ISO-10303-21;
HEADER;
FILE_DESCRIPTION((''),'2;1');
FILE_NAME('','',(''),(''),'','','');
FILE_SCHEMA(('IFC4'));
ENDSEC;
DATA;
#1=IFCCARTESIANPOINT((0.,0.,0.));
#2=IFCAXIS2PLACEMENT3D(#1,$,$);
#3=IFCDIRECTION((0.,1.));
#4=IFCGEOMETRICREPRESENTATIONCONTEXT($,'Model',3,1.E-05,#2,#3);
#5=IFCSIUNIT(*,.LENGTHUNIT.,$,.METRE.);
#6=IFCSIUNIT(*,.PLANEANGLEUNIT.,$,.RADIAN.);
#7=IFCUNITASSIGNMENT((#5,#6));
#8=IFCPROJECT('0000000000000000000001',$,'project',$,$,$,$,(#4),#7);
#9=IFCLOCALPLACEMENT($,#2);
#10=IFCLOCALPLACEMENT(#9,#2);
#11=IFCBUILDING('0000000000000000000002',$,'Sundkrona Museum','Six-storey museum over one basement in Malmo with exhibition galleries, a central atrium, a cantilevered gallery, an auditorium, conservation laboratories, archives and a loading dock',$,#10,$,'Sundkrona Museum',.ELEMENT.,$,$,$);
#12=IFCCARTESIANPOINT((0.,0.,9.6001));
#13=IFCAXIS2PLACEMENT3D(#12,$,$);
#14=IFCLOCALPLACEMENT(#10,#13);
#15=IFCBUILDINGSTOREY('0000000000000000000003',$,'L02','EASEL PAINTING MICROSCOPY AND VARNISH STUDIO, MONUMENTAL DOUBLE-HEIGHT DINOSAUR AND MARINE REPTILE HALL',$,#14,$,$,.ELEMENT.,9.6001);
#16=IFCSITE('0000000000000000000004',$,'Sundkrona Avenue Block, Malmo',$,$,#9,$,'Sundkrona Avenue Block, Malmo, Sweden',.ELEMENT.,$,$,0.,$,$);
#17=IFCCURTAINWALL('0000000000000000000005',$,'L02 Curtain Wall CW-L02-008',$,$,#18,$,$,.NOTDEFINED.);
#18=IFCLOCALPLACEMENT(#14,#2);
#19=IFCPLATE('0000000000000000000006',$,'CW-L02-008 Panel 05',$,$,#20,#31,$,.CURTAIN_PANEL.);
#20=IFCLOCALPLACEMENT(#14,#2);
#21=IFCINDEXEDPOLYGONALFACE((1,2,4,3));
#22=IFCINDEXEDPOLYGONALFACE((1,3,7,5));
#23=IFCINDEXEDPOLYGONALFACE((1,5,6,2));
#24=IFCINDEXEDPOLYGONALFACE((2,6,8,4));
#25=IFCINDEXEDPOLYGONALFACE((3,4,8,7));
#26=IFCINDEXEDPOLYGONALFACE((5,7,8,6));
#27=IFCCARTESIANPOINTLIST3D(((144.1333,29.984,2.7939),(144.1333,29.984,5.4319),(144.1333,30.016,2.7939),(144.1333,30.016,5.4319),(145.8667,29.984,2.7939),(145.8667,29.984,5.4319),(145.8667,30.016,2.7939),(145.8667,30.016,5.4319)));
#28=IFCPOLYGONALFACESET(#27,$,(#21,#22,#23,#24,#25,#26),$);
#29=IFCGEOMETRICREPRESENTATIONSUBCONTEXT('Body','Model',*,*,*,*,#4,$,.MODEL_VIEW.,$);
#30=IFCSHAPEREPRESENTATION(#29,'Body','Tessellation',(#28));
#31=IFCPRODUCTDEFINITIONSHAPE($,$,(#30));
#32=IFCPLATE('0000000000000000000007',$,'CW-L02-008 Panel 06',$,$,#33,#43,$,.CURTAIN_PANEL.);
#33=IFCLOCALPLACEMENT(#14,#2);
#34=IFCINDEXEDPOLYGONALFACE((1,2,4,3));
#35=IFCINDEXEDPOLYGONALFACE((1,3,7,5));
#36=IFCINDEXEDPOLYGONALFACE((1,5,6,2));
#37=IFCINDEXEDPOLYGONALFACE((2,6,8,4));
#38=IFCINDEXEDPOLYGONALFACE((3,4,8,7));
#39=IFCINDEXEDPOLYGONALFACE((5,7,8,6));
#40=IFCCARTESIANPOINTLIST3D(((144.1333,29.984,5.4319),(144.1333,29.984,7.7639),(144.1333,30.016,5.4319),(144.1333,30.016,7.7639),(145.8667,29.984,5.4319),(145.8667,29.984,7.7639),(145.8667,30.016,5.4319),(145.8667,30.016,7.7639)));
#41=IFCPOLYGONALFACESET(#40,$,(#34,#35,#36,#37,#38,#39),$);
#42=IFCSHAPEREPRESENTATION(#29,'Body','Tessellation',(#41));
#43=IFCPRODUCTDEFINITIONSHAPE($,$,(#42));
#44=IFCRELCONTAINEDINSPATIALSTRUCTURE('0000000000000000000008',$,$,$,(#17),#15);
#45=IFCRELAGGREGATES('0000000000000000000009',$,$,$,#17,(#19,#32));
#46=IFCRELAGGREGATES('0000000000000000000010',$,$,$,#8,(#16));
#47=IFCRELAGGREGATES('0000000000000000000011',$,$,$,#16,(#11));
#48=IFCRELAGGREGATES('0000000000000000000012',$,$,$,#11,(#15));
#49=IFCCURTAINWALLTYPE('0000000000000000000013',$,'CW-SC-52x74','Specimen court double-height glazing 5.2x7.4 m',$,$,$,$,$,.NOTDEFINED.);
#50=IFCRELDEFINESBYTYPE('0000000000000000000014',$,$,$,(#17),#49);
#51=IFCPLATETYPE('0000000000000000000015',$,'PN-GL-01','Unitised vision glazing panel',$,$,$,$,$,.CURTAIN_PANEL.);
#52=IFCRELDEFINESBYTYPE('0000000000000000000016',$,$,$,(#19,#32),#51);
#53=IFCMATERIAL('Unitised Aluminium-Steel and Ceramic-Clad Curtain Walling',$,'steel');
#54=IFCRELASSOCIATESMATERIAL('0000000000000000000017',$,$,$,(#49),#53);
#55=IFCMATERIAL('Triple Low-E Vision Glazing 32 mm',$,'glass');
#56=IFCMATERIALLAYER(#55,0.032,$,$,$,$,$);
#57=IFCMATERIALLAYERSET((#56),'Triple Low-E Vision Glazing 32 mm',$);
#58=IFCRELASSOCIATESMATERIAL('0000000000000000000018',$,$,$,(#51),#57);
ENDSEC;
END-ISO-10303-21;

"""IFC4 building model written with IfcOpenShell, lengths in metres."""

from ifc_helpers import new_model, si_unit, direction, frame, origin, origin_2d, place, context, subcontext, project, spatial, rectangle, extrude, material, layer, layer_set, type_object, element, aggregate, save


model = new_model("IFC4")

# Units and contexts
model_context = context("Model", 3, precision=1e-05, world=origin(), true_north=direction((0.0, 1.0)))
body_context = subcontext(model_context, "Body", "Model", "MODEL_VIEW")
ifc_project = project(units=[si_unit("LENGTHUNIT", "METRE"), si_unit("PLANEANGLEUNIT", "RADIAN")], contexts=[model_context])

# Site, building, storey
site_placement = place(None, origin())
site = spatial("IfcSite", under=ifc_project, at=site_placement, Name="Sundkrona Avenue Block, Malmo", LongName="Sundkrona Avenue Block, Malmo, Sweden", CompositionType="ELEMENT", RefElevation=0.0)
building_placement = place(site_placement, origin())
building = spatial("IfcBuilding", under=site, at=building_placement, Name="Sundkrona Museum", Description="Six-storey museum over one basement in Malmo with exhibition galleries, a central atrium, a cantilevered gallery, an auditorium, conservation laboratories, archives and a loading dock", LongName="Sundkrona Museum", CompositionType="ELEMENT")
storey_placement = place(building_placement, frame((0.0, 0.0, 9.6001)))
storey = spatial("IfcBuildingStorey", under=building, at=storey_placement, Name="L02", Description="EASEL PAINTING MICROSCOPY AND VARNISH STUDIO, MONUMENTAL DOUBLE-HEIGHT DINOSAUR AND MARINE REPTILE HALL", CompositionType="ELEMENT", Elevation=9.6001)

# Curtain wall
ifc_material_1 = material(Name="Unitised Aluminium-Steel and Ceramic-Clad Curtain Walling", Category="steel")
curtain_wall_type = type_object("IfcCurtainWallType", Name="CW-SC-52x74", Description="Specimen court double-height glazing 5.2x7.4 m", PredefinedType="NOTDEFINED", material=ifc_material_1)
curtain_wall_1_placement = place(storey_placement, origin())
curtain_wall_1 = element("IfcCurtainWall", 1, at=curtain_wall_1_placement, inside=storey, type_object=curtain_wall_type, Name="L02 Curtain Wall CW-L02-008", PredefinedType="NOTDEFINED")

# Plates
ifc_material_2 = material(Name="Triple Low-E Vision Glazing 32 mm", Category="glass")
ifc_layer = layer(ifc_material_2, 0.032)
ifc_layer_set = layer_set([ifc_layer], Name="Triple Low-E Vision Glazing 32 mm")
plate_type = type_object("IfcPlateType", Name="PN-GL-01", Description="Unitised vision glazing panel", PredefinedType="CURTAIN_PANEL", material=ifc_layer_set)
plate_1_placement = place(storey_placement, frame((145.0, 30.0, 2.7939), z_axis=(0.0, 0.0, 1.0), x_axis=(1.0, 0.0, 0.0)))
plate_1 = element("IfcPlate", 2, at=plate_1_placement, type_object=plate_type, Name="CW-L02-008 Panel 05", PredefinedType="CURTAIN_PANEL", context=body_context, shape_type="SweptSolid", body=[
    extrude(rectangle(XDim=1.7334, YDim=0.032, at=origin_2d()), origin(), (0.0, 0.0, 1.0), 2.6379),
])
plate_2_placement = place(storey_placement, frame((145.0, 30.0, 5.4319), z_axis=(0.0, 0.0, 1.0), x_axis=(1.0, 0.0, 0.0)))
plate_2 = element("IfcPlate", 3, at=plate_2_placement, type_object=plate_type, Name="CW-L02-008 Panel 06", PredefinedType="CURTAIN_PANEL", context=body_context, shape_type="SweptSolid", body=[
    extrude(rectangle(XDim=1.7334, YDim=0.032, at=origin_2d()), origin(), (0.0, 0.0, 1.0), 2.332),
])
aggregate(curtain_wall_1, [plate_1, plate_2])

save(model, "model.ifc")
